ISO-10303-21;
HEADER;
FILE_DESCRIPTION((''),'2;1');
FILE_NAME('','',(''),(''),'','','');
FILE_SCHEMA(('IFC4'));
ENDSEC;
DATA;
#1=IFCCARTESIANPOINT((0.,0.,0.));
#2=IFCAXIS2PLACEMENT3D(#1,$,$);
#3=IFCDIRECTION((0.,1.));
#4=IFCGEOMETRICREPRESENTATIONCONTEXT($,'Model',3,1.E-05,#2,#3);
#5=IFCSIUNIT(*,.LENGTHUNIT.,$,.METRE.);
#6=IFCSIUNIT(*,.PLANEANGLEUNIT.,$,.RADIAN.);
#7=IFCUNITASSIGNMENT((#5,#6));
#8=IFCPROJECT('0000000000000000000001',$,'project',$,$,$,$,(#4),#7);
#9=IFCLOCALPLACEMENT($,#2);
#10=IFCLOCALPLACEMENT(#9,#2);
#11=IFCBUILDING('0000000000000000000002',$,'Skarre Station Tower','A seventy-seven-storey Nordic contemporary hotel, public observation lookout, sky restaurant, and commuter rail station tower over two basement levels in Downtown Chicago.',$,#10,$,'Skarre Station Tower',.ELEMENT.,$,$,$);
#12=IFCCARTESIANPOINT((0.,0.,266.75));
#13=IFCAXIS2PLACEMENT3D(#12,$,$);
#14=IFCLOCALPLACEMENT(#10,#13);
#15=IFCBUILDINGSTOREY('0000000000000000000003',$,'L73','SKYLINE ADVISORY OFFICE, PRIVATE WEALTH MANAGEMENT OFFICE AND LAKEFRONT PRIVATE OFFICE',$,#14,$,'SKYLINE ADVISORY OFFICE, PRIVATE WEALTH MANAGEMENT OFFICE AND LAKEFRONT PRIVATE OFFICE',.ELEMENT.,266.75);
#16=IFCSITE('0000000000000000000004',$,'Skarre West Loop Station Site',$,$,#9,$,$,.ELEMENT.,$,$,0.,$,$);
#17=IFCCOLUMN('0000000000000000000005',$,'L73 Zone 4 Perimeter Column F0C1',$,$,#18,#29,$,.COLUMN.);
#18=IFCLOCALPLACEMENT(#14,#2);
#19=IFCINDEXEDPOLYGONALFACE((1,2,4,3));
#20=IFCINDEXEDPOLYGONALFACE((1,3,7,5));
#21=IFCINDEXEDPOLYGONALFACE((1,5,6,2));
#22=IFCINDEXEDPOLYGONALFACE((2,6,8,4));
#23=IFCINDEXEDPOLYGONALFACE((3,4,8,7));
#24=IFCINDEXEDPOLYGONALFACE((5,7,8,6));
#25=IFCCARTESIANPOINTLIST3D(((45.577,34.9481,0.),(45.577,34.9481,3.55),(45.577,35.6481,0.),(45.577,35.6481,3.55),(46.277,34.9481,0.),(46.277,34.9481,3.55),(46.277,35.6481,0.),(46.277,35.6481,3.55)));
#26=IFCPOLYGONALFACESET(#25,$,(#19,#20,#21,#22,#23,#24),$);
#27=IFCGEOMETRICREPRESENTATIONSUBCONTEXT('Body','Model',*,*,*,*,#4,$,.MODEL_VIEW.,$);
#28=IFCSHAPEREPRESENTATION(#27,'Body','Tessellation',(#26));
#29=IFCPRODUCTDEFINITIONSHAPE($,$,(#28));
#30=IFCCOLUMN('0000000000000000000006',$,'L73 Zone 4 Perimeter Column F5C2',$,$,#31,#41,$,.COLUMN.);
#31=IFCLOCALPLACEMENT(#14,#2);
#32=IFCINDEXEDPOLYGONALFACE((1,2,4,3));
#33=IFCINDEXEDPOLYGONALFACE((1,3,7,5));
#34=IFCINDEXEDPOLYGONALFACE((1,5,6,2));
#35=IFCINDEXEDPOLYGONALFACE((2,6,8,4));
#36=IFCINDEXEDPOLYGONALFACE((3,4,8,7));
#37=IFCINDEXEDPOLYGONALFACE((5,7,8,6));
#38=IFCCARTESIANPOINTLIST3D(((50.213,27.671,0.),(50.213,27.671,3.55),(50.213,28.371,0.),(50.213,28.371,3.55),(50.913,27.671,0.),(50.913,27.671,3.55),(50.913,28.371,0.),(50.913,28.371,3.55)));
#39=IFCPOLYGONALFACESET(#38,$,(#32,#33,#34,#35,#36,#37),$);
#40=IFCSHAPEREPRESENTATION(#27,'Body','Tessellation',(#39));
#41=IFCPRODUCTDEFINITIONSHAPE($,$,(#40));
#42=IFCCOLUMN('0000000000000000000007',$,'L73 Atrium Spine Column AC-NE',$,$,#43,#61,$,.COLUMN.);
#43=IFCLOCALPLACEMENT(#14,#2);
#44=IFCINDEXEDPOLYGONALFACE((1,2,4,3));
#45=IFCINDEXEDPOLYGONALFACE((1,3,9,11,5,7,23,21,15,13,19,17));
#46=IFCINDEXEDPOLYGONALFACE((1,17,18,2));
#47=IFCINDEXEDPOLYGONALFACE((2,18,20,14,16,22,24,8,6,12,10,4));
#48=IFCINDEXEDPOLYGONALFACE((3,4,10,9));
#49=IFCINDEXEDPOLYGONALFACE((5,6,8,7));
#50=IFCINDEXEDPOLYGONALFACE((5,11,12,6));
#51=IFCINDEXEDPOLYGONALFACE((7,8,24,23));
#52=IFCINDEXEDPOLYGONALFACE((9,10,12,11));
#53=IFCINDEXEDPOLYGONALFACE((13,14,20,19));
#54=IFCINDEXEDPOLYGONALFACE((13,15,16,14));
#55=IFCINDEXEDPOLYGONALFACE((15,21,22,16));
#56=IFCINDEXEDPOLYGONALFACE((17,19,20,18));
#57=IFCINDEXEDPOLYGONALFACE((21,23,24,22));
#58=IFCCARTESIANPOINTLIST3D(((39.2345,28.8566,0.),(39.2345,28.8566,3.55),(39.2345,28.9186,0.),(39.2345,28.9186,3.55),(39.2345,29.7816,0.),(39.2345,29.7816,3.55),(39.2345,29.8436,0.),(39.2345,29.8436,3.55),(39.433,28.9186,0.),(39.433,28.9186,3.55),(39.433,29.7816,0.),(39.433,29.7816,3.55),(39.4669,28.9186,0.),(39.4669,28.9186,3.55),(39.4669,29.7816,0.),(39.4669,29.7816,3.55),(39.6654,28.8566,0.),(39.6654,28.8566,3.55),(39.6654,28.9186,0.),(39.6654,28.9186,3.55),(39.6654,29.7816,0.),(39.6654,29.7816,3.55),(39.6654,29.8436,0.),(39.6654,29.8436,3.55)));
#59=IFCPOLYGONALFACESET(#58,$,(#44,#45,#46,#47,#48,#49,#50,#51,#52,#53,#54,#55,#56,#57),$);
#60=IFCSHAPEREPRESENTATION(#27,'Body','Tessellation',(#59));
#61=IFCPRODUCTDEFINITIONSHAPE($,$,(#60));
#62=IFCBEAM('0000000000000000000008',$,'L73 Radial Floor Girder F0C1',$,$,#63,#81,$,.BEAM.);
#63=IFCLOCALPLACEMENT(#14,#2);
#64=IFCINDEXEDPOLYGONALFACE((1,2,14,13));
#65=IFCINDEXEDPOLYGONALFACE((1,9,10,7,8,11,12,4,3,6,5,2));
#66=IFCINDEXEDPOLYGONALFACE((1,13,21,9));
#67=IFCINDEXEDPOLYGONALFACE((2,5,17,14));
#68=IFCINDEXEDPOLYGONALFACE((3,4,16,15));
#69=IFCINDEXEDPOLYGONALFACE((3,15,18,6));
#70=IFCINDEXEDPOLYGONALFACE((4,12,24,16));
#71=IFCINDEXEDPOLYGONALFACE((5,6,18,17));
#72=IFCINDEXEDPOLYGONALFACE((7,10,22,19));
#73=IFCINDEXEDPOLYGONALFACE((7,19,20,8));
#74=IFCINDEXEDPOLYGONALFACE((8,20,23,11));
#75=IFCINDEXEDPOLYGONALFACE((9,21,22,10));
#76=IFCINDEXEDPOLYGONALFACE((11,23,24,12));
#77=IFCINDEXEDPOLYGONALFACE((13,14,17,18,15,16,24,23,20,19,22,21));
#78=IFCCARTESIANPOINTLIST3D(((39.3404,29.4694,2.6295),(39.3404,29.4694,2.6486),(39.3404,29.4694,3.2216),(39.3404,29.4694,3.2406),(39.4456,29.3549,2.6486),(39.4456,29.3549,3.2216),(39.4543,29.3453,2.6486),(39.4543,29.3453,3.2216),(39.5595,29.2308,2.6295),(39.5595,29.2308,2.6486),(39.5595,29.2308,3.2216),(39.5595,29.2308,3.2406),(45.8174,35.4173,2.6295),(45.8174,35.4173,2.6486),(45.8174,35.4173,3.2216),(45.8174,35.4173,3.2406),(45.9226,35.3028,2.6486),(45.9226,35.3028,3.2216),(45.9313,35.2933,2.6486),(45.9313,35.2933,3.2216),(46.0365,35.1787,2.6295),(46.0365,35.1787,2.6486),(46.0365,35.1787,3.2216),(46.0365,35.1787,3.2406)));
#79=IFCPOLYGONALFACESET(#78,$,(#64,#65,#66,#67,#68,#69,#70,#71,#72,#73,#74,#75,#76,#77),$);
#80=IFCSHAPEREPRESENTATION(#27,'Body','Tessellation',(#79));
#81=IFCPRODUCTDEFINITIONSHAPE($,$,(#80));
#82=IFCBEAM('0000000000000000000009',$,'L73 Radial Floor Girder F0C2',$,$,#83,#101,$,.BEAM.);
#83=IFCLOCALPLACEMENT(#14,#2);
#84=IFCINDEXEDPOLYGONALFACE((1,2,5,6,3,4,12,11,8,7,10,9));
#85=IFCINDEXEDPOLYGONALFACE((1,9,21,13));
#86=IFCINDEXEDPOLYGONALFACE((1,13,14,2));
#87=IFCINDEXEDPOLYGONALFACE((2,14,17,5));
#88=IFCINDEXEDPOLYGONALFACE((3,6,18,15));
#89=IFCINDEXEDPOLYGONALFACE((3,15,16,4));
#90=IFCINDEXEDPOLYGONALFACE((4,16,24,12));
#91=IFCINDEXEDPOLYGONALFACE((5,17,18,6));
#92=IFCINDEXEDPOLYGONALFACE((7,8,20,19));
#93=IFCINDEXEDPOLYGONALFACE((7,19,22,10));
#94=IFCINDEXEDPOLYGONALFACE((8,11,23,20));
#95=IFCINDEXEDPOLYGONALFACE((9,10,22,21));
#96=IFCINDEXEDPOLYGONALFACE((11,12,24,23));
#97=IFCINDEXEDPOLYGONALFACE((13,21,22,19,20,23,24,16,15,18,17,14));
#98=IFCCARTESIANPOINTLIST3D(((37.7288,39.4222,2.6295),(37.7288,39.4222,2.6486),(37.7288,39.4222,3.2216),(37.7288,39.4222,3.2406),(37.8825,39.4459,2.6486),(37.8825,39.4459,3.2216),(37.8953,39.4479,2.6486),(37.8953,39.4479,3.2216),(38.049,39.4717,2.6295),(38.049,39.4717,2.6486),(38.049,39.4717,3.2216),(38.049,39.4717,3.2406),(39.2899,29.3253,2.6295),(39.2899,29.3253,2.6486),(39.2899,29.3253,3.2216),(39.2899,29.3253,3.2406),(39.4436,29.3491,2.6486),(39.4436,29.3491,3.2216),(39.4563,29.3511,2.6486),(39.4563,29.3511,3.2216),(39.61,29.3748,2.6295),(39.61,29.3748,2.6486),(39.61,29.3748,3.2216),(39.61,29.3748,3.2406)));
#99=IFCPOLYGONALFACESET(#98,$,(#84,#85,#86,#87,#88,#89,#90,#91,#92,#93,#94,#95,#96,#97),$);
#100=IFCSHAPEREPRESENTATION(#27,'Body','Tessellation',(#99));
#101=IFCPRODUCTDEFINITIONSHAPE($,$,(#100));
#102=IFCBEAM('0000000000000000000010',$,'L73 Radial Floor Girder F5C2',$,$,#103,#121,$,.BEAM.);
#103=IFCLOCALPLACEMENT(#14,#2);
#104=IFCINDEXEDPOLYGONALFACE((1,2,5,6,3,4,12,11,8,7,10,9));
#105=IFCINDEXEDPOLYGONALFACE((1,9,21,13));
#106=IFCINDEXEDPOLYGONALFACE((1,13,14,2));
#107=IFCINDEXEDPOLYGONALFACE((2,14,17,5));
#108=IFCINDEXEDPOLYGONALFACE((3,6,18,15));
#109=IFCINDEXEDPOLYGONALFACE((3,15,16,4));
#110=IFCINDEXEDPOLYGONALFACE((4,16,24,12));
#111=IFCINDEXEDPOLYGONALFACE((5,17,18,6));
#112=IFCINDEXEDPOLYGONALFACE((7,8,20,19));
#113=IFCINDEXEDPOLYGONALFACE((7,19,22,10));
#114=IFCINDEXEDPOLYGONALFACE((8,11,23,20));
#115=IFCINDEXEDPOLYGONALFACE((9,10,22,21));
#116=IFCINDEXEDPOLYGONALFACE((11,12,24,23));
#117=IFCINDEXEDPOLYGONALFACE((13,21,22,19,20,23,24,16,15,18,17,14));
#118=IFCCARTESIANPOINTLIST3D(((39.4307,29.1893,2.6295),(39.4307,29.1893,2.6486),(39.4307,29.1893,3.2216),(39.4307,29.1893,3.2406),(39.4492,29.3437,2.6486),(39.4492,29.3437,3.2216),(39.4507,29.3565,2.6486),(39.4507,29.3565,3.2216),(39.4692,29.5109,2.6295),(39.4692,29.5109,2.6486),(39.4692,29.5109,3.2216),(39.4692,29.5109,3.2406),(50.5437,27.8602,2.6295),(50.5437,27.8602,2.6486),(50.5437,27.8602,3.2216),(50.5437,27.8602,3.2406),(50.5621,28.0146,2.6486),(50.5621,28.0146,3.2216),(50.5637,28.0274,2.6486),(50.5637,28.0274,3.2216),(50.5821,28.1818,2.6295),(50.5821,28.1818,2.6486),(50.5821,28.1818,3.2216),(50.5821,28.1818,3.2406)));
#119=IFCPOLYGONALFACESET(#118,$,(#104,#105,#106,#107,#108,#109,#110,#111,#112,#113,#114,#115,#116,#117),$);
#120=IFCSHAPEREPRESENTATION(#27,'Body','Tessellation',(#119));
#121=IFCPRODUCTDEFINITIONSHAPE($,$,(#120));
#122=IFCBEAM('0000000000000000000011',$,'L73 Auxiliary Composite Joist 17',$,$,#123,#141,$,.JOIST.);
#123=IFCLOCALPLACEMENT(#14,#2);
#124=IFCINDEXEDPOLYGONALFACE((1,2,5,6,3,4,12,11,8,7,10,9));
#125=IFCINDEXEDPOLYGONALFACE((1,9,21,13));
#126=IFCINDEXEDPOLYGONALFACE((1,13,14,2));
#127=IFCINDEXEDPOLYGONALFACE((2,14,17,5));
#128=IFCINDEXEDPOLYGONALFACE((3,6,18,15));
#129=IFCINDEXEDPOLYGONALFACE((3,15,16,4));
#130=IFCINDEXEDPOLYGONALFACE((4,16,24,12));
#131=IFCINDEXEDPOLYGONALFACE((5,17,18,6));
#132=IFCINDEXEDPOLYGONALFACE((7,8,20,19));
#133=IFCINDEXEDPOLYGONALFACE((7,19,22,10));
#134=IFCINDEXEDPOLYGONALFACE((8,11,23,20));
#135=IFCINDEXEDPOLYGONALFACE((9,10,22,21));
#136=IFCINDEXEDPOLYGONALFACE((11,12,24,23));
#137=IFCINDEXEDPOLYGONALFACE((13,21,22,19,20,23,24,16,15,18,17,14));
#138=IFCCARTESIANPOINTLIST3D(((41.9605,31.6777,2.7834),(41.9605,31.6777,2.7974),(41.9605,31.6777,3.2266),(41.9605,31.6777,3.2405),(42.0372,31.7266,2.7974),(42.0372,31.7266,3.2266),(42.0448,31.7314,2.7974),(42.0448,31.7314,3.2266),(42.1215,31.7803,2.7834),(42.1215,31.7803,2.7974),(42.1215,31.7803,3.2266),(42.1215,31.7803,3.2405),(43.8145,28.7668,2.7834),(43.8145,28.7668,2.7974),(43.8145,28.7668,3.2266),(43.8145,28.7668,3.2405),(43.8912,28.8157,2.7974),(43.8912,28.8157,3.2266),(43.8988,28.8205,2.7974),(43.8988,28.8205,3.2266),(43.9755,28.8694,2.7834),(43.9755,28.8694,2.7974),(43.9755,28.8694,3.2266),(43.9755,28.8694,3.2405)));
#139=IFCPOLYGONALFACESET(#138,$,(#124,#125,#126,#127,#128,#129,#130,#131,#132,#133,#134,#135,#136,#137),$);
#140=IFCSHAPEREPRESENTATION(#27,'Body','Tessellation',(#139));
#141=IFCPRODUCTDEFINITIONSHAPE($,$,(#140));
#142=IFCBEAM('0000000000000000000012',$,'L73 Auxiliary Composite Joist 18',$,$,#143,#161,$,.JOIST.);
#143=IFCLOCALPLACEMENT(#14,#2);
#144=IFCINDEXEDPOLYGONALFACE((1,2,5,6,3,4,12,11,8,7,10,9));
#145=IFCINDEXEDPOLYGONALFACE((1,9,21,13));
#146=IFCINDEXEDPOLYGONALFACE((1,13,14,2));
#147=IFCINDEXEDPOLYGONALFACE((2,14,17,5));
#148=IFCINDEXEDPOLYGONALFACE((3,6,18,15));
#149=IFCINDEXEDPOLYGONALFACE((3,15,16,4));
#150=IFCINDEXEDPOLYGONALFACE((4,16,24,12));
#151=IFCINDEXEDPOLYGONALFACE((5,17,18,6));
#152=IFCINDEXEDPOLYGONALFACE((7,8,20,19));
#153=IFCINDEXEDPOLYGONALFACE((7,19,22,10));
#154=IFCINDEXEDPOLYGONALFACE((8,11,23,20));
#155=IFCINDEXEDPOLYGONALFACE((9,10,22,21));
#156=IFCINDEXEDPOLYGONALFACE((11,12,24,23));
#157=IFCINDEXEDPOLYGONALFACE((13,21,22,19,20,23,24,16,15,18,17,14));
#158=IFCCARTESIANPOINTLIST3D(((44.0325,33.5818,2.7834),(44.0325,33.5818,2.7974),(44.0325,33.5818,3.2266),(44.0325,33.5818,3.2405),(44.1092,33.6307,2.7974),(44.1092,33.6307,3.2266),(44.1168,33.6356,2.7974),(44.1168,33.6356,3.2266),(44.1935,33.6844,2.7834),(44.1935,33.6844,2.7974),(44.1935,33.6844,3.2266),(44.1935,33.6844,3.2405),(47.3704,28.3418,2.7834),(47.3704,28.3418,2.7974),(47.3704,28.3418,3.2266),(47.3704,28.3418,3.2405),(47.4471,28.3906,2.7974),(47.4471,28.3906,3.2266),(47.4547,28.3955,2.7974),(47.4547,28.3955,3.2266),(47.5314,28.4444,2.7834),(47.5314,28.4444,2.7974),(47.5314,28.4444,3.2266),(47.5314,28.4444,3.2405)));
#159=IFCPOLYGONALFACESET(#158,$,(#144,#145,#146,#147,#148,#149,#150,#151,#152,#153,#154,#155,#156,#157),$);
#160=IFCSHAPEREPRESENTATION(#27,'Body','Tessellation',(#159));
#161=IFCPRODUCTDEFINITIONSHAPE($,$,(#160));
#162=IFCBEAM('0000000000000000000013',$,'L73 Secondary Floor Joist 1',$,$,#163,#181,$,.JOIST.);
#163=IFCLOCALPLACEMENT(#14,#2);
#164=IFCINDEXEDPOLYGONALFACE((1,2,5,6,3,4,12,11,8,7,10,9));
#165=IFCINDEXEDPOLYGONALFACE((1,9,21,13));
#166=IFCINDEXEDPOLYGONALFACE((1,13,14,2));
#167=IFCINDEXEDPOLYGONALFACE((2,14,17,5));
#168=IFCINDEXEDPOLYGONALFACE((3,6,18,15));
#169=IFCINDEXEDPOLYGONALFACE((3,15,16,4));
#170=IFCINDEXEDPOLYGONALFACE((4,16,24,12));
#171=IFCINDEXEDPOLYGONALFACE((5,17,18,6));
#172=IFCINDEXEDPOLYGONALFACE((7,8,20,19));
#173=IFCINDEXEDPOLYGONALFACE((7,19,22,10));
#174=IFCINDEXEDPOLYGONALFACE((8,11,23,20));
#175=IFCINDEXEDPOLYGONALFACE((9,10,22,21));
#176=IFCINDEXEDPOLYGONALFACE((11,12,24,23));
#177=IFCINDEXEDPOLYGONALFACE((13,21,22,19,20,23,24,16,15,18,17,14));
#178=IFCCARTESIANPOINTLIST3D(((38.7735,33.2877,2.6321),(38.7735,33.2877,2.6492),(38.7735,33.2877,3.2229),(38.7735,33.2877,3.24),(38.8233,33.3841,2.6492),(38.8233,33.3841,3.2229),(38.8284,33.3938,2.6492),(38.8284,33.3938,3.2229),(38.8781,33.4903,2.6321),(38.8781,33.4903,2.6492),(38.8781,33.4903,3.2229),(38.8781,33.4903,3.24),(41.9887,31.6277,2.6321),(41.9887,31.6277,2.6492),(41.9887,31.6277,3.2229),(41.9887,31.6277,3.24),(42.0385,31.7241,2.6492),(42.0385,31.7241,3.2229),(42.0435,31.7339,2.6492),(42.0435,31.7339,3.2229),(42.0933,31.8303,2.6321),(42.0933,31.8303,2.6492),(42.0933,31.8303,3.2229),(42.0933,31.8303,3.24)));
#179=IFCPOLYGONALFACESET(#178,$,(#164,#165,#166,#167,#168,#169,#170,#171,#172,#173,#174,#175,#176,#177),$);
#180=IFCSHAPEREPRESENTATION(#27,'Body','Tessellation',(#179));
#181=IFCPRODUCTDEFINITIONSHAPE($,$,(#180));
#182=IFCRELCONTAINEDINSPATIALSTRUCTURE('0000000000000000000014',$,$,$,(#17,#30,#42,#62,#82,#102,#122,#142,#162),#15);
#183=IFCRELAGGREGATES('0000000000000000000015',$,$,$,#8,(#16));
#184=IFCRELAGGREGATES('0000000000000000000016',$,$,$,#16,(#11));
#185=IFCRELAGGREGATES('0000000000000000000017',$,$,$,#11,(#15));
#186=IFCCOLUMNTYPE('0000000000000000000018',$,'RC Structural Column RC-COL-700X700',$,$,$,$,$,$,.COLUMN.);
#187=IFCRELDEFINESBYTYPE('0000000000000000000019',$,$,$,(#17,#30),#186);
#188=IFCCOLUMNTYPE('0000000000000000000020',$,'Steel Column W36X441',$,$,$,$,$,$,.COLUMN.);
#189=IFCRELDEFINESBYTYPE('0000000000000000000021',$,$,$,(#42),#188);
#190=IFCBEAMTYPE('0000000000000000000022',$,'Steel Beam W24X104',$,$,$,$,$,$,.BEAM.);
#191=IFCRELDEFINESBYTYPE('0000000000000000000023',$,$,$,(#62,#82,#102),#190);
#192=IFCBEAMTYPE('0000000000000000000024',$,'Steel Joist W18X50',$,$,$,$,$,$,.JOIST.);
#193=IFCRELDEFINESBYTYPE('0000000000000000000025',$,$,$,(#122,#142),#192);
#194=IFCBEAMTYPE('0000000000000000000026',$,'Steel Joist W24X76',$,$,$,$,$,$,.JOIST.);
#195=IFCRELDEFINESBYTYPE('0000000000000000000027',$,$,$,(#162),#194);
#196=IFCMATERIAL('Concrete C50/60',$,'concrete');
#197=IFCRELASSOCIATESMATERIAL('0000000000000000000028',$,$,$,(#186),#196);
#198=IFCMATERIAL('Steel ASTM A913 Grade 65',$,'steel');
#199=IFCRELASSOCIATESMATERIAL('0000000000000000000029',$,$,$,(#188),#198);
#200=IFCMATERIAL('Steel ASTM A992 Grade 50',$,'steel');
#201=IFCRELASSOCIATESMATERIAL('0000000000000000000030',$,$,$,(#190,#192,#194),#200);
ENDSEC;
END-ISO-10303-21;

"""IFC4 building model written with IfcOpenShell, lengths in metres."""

from ifc_helpers import new_model, si_unit, direction, frame, origin, origin_2d, place, context, subcontext, project, spatial, rectangle, i_section, extrude, material, material_profile, profile_set, type_object, element, save


model = new_model("IFC4")

# Units and contexts
model_context = context("Model", 3, precision=1e-05, world=origin(), true_north=direction((0.0, 1.0)))
body_context = subcontext(model_context, "Body", "Model", "MODEL_VIEW")
ifc_project = project(units=[si_unit("LENGTHUNIT", "METRE"), si_unit("PLANEANGLEUNIT", "RADIAN")], contexts=[model_context])

# Site, building, storey
site_placement = place(None, origin())
site = spatial("IfcSite", under=ifc_project, at=site_placement, Name="Skarre West Loop Station Site", CompositionType="ELEMENT", RefElevation=0.0)
building_placement = place(site_placement, origin())
building = spatial("IfcBuilding", under=site, at=building_placement, Name="Skarre Station Tower", Description="A seventy-seven-storey Nordic contemporary hotel, public observation lookout, sky restaurant, and commuter rail station tower over two basement levels in Downtown Chicago.", LongName="Skarre Station Tower", CompositionType="ELEMENT")
storey_placement = place(building_placement, frame((0.0, 0.0, 266.75)))
storey = spatial("IfcBuildingStorey", under=building, at=storey_placement, Name="L73", Description="SKYLINE ADVISORY OFFICE, PRIVATE WEALTH MANAGEMENT OFFICE AND LAKEFRONT PRIVATE OFFICE", LongName="SKYLINE ADVISORY OFFICE, PRIVATE WEALTH MANAGEMENT OFFICE AND LAKEFRONT PRIVATE OFFICE", CompositionType="ELEMENT", Elevation=266.75)

# Columns
ifc_material_1 = material(Name="Concrete C50/60", Category="concrete")
ifc_material_profile_1 = material_profile(ifc_material_1, rectangle(XDim=0.7, YDim=0.7, at=origin_2d()), Name="Concrete C50/60")
ifc_profile_set_1 = profile_set([ifc_material_profile_1], Name="Concrete C50/60")
column_type_1 = type_object("IfcColumnType", Name="RC Structural Column RC-COL-700X700", PredefinedType="COLUMN", material=ifc_profile_set_1)
for number, where, z_axis, x_axis, name in (
    (1, (45.927, 35.2981, 0.0), (0.0, 0.0, 1.0), (1.0, 0.0, 0.0), "L73 Zone 4 Perimeter Column F0C1"),
    (2, (50.563, 28.021, 0.0), (0.0, 0.0, 1.0), (1.0, 0.0, 0.0), "L73 Zone 4 Perimeter Column F5C2"),
):
    element("IfcColumn", number, at=place(storey_placement, frame(where, z_axis=z_axis, x_axis=x_axis)), inside=storey, type_object=column_type_1, Name=name, PredefinedType="COLUMN", context=body_context, shape_type="SweptSolid", body=[
        extrude(rectangle(XDim=0.7, YDim=0.7, at=origin_2d()), origin(), (0.0, 0.0, 1.0), 3.55),
    ])
ifc_material_2 = material(Name="Steel ASTM A913 Grade 65", Category="steel")
ifc_material_profile_2 = material_profile(ifc_material_2, i_section(OverallWidth=0.4309, OverallDepth=0.9871, WebThickness=0.0339, FlangeThickness=0.062, at=origin_2d()), Name="Steel ASTM A913 Grade 65")
ifc_profile_set_2 = profile_set([ifc_material_profile_2], Name="Steel ASTM A913 Grade 65")
column_type_2 = type_object("IfcColumnType", Name="Steel Column W36X441", PredefinedType="COLUMN", material=ifc_profile_set_2)
column_placement = place(storey_placement, frame((39.45, 29.3501, 0.0), z_axis=(0.0, 0.0, 1.0), x_axis=(1.0, 0.0, 0.0)))
element("IfcColumn", 3, at=column_placement, inside=storey, type_object=column_type_2, Name="L73 Atrium Spine Column AC-NE", PredefinedType="COLUMN", context=body_context, shape_type="SweptSolid", body=[
    extrude(i_section(OverallWidth=0.4309, OverallDepth=0.9871, WebThickness=0.0339, FlangeThickness=0.062, at=origin_2d()), origin(), (0.0, 0.0, 1.0), 3.55),
])

# Beams
ifc_material_3 = material(Name="Steel ASTM A992 Grade 50", Category="steel")
ifc_material_profile_3 = material_profile(ifc_material_3, i_section(OverallWidth=0.324, OverallDepth=0.6111, WebThickness=0.0129, FlangeThickness=0.019, at=origin_2d()), Name="Steel ASTM A992 Grade 50")
ifc_profile_set_3 = profile_set([ifc_material_profile_3], Name="Steel ASTM A992 Grade 50")
beam_type_1 = type_object("IfcBeamType", Name="Steel Beam W24X104", PredefinedType="BEAM", material=ifc_profile_set_3)
beam_1_placement = place(storey_placement, frame((39.45, 29.3501, 2.9351), z_axis=(0.736548, 0.676386, 0.0), x_axis=(-0.676386, 0.736548, 0.0)))
element("IfcBeam", 4, at=beam_1_placement, inside=storey, type_object=beam_type_1, Name="L73 Radial Floor Girder F0C1", PredefinedType="BEAM", context=body_context, shape_type="SweptSolid", body=[
    extrude(i_section(OverallWidth=0.324, OverallDepth=0.6111, WebThickness=0.0129, FlangeThickness=0.019, at=origin_2d()), origin(), (0.0, 0.0, 1.0), 8.7937),
])
beam_2_placement = place(storey_placement, frame((39.45, 29.3501, 2.9351), z_axis=(-0.15279, 0.988259, 0.0), x_axis=(-0.988259, -0.15279, 0.0)))
element("IfcBeam", 5, at=beam_2_placement, inside=storey, type_object=beam_type_1, Name="L73 Radial Floor Girder F0C2", PredefinedType="BEAM", context=body_context, shape_type="SweptSolid", body=[
    extrude(i_section(OverallWidth=0.324, OverallDepth=0.6111, WebThickness=0.0129, FlangeThickness=0.019, at=origin_2d()), origin(), (0.0, 0.0, 1.0), 10.2168),
])
beam_3_placement = place(storey_placement, frame((39.45, 29.3501, 2.9351), z_axis=(0.992924, -0.118752, 0.0), x_axis=(0.118752, 0.992924, 0.0)))
element("IfcBeam", 6, at=beam_3_placement, inside=storey, type_object=beam_type_1, Name="L73 Radial Floor Girder F5C2", PredefinedType="BEAM", context=body_context, shape_type="SweptSolid", body=[
    extrude(i_section(OverallWidth=0.324, OverallDepth=0.6111, WebThickness=0.0129, FlangeThickness=0.019, at=origin_2d()), origin(), (0.0, 0.0, 1.0), 11.1921),
])
ifc_material_profile_4 = material_profile(ifc_material_3, i_section(OverallWidth=0.1909, OverallDepth=0.457, WebThickness=0.009, FlangeThickness=0.0139, at=origin_2d()), Name="Steel ASTM A992 Grade 50")
ifc_profile_set_4 = profile_set([ifc_material_profile_4], Name="Steel ASTM A992 Grade 50")
beam_type_2 = type_object("IfcBeamType", Name="Steel Joist W18X50", PredefinedType="JOIST", material=ifc_profile_set_4)
beam_4_placement = place(storey_placement, frame((43.895, 28.8181, 3.012), z_axis=(-0.53721, 0.843449, 0.0), x_axis=(-0.843449, -0.53721, 0.0)))
element("IfcBeam", 7, at=beam_4_placement, inside=storey, type_object=beam_type_2, Name="L73 Auxiliary Composite Joist 17", PredefinedType="JOIST", context=body_context, shape_type="SweptSolid", body=[
    extrude(i_section(OverallWidth=0.1909, OverallDepth=0.457, WebThickness=0.009, FlangeThickness=0.0139, at=origin_2d()), origin(), (0.0, 0.0, 1.0), 3.4512),
])
beam_5_placement = place(storey_placement, frame((47.4509, 28.3931, 3.012), z_axis=(-0.537259, 0.843417, 0.0), x_axis=(-0.843417, -0.537259, 0.0)))
element("IfcBeam", 8, at=beam_5_placement, inside=storey, type_object=beam_type_2, Name="L73 Auxiliary Composite Joist 18", PredefinedType="JOIST", context=body_context, shape_type="SweptSolid", body=[
    extrude(i_section(OverallWidth=0.1909, OverallDepth=0.457, WebThickness=0.009, FlangeThickness=0.0139, at=origin_2d()), origin(), (0.0, 0.0, 1.0), 6.2129),
])
ifc_material_profile_5 = material_profile(ifc_material_3, i_section(OverallWidth=0.228, OverallDepth=0.6079, WebThickness=0.011, FlangeThickness=0.0171, at=origin_2d()), Name="Steel ASTM A992 Grade 50")
ifc_profile_set_5 = profile_set([ifc_material_profile_5], Name="Steel ASTM A992 Grade 50")
beam_type_3 = type_object("IfcBeamType", Name="Steel Joist W24X76", PredefinedType="JOIST", material=ifc_profile_set_5)
beam_6_placement = place(storey_placement, frame((42.041, 31.729, 2.936), z_axis=(-0.888563, 0.458755, 0.0), x_axis=(-0.458755, -0.888563, 0.0)))
element("IfcBeam", 9, at=beam_6_placement, inside=storey, type_object=beam_type_3, Name="L73 Secondary Floor Joist 1", PredefinedType="JOIST", context=body_context, shape_type="SweptSolid", body=[
    extrude(i_section(OverallWidth=0.228, OverallDepth=0.6079, WebThickness=0.011, FlangeThickness=0.0171, at=origin_2d()), origin(), (0.0, 0.0, 1.0), 3.6184),
])

save(model, "model.ifc")
